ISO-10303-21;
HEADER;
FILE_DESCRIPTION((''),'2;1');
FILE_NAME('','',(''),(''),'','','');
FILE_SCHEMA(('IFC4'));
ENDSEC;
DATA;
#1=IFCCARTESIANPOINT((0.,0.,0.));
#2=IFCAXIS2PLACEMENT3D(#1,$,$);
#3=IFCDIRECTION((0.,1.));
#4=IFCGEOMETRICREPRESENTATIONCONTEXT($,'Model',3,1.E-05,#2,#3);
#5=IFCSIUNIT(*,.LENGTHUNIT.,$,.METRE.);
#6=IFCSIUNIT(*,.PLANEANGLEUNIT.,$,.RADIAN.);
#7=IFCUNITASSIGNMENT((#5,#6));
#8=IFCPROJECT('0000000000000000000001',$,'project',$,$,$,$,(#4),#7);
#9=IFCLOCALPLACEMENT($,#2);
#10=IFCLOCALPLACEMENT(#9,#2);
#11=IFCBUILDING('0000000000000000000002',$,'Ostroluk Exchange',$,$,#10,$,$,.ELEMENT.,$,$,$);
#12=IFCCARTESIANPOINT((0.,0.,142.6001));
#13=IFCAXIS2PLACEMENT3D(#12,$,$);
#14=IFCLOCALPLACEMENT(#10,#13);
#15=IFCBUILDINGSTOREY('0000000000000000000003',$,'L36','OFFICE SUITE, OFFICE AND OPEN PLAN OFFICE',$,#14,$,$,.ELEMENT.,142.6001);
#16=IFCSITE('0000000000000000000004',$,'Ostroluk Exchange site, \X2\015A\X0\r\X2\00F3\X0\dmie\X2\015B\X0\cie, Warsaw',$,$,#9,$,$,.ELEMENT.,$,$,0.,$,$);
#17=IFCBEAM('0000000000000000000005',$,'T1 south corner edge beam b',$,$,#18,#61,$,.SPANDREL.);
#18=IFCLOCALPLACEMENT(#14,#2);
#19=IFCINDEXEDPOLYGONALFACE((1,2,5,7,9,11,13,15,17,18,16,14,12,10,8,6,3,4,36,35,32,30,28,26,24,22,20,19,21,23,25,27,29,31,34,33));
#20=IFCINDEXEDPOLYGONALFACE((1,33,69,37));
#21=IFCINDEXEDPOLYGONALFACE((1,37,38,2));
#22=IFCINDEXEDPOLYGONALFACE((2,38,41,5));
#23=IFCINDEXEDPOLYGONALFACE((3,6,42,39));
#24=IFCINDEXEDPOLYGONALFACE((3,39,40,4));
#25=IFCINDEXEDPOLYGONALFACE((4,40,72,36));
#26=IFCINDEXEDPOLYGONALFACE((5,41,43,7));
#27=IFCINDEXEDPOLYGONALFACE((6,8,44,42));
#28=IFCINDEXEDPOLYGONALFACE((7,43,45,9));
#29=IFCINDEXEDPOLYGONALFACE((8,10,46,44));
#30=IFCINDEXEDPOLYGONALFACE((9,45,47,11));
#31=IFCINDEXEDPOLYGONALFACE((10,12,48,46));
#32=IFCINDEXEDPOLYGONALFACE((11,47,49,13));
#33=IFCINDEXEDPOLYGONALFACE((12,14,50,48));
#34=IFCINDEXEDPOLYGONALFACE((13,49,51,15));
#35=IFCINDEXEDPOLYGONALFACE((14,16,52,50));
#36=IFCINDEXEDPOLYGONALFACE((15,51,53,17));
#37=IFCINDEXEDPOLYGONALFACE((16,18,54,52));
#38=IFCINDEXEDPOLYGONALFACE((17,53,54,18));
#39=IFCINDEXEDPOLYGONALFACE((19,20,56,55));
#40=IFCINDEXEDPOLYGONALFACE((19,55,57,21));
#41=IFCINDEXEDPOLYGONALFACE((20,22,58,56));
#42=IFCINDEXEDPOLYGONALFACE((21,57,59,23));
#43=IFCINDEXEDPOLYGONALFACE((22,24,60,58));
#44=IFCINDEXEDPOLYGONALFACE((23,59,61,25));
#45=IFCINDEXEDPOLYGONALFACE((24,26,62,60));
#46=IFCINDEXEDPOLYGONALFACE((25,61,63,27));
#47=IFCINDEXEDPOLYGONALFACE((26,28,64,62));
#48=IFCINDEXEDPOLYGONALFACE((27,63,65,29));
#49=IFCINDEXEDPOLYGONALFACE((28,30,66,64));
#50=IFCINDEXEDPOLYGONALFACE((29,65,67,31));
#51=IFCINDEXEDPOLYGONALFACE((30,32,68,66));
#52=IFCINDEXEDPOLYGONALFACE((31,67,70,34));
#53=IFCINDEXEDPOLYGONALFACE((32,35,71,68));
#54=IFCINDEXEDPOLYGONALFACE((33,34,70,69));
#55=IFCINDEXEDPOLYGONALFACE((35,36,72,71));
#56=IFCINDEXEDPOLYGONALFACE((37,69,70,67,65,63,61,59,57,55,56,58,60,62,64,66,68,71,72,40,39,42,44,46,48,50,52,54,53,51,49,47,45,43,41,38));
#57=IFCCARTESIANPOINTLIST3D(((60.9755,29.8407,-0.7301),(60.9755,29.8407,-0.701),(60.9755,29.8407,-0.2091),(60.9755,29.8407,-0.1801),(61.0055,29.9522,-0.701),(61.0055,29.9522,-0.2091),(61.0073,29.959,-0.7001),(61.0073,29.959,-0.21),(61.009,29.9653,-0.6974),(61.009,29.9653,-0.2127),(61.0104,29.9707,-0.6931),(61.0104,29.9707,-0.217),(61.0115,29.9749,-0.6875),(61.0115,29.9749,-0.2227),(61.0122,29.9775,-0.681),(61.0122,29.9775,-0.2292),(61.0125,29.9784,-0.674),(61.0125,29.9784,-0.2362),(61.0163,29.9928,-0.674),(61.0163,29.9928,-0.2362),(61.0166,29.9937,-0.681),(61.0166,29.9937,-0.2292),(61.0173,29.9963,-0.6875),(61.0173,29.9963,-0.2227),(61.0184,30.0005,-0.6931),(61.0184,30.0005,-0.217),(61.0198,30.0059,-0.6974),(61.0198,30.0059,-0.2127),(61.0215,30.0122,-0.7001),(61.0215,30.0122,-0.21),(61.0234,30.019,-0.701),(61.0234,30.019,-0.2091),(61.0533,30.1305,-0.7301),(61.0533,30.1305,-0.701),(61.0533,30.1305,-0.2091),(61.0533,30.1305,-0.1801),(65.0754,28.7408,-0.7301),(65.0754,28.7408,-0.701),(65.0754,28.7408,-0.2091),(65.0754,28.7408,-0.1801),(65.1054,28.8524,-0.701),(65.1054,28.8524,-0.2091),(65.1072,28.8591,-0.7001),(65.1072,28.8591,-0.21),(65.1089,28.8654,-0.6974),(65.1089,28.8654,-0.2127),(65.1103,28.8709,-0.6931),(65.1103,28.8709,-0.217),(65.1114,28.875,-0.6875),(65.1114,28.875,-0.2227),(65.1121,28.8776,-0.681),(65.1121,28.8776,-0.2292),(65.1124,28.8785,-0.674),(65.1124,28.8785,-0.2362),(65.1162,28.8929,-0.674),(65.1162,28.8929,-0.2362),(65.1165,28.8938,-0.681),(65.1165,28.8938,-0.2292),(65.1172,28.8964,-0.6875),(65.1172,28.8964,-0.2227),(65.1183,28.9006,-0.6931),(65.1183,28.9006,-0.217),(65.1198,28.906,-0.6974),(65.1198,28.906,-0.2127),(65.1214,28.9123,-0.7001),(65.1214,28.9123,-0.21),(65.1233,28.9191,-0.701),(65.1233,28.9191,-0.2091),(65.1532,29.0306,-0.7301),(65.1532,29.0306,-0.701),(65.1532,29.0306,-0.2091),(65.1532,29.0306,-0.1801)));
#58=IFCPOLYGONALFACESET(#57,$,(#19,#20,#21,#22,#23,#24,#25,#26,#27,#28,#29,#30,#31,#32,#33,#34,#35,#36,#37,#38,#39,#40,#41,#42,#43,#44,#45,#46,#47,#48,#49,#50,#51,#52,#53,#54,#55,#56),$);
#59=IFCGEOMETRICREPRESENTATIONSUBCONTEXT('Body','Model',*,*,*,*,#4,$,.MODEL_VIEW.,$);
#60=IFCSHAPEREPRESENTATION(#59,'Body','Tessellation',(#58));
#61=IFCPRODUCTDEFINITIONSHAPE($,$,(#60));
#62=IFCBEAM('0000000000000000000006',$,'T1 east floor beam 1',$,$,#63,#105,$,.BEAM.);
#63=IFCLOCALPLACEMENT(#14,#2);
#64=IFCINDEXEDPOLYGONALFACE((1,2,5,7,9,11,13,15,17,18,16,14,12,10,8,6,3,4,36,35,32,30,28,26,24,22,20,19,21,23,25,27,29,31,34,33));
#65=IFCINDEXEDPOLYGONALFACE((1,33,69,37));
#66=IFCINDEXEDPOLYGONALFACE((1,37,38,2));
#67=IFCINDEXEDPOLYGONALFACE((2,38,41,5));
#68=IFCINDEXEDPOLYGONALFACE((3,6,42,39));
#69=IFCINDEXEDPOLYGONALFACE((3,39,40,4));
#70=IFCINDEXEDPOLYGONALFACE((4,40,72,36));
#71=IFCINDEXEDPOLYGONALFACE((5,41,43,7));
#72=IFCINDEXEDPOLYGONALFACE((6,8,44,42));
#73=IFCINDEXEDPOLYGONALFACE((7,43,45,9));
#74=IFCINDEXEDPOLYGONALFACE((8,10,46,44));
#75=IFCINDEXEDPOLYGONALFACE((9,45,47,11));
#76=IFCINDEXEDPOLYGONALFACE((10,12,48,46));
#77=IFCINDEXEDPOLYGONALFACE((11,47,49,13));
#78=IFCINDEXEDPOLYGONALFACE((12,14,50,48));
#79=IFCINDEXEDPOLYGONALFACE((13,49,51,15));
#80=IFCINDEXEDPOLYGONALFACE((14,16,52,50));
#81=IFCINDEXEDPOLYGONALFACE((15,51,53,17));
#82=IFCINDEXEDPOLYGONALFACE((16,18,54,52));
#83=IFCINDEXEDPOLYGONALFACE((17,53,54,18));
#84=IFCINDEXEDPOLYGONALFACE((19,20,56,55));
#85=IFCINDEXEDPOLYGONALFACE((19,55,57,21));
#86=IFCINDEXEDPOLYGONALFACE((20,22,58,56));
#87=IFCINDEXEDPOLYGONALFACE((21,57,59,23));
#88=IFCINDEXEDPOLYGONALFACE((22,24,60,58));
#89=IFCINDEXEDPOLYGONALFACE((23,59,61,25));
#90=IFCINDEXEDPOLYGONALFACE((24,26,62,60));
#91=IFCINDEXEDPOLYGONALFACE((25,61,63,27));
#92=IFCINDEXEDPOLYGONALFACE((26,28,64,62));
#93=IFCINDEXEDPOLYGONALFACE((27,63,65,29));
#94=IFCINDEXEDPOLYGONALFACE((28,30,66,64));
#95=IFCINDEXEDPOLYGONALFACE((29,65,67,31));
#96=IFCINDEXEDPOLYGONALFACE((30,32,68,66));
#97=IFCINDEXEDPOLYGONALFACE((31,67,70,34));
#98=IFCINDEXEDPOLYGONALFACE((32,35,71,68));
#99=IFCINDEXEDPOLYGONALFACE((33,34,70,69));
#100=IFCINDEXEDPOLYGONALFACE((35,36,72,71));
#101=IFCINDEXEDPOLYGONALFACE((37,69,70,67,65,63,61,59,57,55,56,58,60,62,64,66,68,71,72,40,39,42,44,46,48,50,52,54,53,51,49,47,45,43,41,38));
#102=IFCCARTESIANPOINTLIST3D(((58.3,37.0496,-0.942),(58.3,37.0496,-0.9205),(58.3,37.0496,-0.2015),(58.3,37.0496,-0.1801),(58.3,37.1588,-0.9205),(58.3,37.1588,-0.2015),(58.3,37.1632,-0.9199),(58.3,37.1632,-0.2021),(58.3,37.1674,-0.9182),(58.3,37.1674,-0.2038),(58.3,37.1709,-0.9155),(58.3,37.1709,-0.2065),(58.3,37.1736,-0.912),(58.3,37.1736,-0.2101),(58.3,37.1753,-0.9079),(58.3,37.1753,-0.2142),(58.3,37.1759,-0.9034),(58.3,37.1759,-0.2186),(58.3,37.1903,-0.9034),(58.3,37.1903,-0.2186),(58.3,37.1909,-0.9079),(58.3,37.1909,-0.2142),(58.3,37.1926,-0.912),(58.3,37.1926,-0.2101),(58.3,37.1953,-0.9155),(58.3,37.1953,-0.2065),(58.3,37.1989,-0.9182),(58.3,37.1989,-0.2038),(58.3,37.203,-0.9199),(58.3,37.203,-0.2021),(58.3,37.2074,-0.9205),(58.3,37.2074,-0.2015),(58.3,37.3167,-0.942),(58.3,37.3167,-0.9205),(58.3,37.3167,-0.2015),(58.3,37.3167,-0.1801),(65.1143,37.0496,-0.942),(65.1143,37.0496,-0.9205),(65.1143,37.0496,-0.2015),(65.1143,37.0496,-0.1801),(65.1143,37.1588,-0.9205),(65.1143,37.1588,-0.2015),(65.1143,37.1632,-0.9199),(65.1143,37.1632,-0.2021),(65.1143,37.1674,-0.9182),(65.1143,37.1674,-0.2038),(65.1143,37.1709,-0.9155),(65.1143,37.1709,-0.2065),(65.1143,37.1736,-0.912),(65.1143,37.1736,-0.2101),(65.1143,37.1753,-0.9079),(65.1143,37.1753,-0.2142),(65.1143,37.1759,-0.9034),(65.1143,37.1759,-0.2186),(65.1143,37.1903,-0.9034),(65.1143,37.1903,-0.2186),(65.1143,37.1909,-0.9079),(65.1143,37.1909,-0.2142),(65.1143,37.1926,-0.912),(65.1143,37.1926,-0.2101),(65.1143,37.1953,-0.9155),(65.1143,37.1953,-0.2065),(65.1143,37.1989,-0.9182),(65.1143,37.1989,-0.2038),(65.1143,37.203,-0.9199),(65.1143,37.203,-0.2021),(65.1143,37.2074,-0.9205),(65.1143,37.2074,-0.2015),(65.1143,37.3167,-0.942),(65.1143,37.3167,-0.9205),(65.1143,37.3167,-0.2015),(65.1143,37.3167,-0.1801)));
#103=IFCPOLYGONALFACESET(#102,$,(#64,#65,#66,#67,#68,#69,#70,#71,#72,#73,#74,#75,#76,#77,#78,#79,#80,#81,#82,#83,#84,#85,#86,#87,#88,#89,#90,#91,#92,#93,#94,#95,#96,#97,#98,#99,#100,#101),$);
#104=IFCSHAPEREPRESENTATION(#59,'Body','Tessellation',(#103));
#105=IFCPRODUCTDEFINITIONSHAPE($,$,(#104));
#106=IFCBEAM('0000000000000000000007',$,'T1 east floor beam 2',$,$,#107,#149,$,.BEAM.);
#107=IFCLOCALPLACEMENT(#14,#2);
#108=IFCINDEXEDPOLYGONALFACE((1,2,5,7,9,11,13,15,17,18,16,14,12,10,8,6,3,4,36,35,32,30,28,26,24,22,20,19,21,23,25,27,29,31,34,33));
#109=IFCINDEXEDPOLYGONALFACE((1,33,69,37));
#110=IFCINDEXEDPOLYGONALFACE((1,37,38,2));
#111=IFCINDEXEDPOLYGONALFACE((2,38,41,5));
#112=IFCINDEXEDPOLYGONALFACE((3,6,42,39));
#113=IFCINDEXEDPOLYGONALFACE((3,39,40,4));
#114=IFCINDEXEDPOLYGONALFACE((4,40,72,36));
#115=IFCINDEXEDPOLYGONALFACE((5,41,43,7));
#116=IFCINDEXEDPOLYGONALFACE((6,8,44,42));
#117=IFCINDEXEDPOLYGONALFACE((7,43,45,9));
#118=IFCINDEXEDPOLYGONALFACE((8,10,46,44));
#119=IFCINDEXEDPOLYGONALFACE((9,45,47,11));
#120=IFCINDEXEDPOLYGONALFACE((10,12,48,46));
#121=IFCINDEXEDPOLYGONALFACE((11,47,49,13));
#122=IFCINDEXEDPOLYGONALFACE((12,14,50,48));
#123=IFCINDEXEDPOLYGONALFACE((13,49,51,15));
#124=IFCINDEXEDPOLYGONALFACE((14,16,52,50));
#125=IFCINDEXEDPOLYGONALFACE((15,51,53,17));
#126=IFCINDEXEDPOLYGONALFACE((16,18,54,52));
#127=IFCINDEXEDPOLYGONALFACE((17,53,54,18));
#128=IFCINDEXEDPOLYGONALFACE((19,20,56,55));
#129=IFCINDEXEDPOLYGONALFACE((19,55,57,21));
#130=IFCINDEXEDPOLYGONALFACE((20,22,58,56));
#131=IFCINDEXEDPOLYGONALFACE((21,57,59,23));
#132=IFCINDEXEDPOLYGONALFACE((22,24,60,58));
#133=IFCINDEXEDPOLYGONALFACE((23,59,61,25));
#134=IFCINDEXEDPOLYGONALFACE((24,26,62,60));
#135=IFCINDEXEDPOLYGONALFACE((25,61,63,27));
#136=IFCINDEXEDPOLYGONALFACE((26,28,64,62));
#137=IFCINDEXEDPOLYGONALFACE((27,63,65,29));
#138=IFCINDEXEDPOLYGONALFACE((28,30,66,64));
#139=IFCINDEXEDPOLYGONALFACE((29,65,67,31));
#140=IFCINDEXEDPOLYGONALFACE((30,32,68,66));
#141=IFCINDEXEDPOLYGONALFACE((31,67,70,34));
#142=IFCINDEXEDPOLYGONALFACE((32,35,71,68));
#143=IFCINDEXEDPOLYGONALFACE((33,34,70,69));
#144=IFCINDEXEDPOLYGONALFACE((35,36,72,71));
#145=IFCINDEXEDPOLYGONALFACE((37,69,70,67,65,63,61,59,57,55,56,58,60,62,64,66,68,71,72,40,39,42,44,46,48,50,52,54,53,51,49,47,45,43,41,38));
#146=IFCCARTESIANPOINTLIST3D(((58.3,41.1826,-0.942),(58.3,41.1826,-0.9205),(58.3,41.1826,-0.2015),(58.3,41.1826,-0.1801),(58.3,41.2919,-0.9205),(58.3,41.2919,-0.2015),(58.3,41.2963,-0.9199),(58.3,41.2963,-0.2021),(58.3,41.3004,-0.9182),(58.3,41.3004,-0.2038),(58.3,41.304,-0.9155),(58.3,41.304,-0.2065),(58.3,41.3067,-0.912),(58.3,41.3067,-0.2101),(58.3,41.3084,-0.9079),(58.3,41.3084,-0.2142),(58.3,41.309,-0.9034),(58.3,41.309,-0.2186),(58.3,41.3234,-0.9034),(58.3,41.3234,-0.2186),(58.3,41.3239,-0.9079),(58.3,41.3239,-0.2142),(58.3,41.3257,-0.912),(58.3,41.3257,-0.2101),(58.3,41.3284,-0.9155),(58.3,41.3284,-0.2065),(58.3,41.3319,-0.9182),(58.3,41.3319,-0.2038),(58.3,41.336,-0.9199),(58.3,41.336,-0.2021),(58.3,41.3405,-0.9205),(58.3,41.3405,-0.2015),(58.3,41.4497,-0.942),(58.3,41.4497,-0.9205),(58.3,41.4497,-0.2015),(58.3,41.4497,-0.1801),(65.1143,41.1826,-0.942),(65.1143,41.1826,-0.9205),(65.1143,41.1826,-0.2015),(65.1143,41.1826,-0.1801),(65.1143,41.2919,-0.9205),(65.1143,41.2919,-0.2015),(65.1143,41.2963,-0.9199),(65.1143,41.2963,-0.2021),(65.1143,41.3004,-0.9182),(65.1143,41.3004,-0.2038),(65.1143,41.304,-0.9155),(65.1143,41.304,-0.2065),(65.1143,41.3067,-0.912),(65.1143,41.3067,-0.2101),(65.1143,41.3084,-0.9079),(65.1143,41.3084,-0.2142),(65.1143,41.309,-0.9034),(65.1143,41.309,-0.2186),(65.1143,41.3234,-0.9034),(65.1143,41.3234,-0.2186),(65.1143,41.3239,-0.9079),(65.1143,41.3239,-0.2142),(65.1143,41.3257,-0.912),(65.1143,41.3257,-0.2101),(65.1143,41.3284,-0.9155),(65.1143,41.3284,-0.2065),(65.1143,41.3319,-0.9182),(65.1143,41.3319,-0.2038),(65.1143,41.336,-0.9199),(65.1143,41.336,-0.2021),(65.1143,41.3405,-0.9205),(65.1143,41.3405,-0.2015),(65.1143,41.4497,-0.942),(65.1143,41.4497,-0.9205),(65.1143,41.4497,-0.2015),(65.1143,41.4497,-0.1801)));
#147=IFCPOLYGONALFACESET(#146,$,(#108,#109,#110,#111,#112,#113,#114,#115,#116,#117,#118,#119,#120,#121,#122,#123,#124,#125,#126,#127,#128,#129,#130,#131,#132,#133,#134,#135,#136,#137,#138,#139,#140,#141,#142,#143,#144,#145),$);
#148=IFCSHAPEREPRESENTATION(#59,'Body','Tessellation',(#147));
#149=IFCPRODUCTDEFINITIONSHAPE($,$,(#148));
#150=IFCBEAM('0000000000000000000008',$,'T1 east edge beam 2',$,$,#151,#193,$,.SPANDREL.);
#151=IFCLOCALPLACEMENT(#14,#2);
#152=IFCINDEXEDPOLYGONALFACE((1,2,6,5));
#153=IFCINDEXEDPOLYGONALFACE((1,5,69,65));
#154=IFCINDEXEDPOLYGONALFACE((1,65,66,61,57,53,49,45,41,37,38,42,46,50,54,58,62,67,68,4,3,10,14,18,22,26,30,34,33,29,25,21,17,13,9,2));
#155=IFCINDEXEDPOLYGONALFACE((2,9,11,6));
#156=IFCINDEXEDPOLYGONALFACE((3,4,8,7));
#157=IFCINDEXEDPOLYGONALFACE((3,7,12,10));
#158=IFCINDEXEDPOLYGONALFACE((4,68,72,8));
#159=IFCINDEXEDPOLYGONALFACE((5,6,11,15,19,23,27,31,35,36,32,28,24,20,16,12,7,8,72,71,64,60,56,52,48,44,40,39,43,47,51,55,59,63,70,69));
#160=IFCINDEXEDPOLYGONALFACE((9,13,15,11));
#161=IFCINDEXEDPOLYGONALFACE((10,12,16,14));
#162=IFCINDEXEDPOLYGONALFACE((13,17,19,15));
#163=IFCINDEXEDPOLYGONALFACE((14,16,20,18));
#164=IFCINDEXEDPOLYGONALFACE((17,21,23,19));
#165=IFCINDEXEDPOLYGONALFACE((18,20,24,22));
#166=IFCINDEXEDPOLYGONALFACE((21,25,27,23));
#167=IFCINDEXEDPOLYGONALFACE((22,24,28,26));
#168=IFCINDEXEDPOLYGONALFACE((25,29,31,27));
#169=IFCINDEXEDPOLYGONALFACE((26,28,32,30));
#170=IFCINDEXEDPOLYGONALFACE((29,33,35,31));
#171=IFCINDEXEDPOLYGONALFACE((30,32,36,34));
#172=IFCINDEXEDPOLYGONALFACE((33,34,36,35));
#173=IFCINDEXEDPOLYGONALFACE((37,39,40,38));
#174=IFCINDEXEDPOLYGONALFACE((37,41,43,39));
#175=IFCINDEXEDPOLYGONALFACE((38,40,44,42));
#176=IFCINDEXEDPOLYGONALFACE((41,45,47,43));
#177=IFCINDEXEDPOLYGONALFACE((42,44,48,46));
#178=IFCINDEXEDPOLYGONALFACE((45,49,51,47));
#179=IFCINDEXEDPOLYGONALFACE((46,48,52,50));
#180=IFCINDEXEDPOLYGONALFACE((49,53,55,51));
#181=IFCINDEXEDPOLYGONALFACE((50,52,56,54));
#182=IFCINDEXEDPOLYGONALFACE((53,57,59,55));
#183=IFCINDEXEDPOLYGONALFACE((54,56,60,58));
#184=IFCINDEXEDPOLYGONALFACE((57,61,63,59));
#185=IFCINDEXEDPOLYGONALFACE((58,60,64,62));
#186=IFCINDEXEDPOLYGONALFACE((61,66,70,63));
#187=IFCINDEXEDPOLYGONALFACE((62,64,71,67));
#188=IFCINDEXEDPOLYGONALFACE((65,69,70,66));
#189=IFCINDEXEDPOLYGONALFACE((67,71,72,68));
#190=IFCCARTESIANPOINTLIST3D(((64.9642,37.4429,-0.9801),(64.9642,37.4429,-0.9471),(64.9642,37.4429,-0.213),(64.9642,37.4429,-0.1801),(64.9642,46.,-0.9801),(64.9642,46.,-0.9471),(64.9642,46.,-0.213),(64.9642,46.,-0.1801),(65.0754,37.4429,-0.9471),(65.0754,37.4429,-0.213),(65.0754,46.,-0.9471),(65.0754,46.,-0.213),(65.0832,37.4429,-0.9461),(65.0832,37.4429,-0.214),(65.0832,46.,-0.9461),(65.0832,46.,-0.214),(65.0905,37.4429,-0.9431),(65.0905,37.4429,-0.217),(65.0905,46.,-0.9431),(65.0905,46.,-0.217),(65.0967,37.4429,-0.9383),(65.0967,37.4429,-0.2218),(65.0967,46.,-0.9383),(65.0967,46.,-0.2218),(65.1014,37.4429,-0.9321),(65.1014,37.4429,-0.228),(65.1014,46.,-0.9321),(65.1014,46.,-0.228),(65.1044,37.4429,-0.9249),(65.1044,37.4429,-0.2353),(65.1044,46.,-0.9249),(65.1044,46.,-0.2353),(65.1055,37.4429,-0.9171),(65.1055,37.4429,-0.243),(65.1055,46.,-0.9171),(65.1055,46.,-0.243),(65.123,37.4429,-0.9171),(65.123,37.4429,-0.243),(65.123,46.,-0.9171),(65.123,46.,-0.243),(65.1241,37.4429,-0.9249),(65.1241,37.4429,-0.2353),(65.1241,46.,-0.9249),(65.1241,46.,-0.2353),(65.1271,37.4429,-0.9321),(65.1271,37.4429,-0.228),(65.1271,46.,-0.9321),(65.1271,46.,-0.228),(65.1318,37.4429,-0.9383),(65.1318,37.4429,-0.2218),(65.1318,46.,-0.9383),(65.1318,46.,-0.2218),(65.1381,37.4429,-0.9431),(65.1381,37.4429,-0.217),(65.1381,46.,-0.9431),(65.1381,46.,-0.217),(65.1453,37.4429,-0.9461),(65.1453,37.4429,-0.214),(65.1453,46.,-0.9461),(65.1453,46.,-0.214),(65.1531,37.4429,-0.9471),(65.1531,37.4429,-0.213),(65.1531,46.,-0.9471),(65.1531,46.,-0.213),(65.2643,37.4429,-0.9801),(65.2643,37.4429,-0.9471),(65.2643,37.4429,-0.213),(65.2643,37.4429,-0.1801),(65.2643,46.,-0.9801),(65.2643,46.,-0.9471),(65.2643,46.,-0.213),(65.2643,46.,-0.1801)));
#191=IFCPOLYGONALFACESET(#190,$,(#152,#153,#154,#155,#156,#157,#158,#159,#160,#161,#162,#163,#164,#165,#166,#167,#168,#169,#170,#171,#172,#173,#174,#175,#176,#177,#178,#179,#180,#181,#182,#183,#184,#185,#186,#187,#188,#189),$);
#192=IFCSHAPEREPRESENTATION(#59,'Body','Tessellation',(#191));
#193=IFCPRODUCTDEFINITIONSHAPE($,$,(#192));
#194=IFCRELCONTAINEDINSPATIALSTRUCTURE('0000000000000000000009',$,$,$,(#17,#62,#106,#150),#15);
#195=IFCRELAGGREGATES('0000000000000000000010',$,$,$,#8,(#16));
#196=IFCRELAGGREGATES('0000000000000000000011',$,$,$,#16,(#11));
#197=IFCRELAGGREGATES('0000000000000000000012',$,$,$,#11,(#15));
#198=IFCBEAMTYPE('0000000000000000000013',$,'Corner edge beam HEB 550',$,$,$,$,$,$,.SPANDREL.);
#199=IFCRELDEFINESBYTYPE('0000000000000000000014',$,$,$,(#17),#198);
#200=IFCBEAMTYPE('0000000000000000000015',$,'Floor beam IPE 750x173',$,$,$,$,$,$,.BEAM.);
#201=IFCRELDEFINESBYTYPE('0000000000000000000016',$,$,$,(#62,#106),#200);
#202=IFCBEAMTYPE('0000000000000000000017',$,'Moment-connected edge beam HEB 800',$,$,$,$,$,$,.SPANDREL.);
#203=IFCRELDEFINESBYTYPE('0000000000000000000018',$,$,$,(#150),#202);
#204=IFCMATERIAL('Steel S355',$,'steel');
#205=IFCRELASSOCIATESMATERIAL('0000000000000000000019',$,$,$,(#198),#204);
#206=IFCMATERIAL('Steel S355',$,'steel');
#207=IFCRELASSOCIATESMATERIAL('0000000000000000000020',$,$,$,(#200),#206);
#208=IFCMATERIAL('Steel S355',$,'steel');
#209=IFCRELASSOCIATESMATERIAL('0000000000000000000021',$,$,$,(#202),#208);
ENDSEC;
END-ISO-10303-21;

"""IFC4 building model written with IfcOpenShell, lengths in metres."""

from ifc_helpers import new_model, si_unit, direction, frame, origin, origin_2d, place, context, subcontext, project, spatial, i_section, extrude, material, material_profile, profile_set, type_object, element, save


model = new_model("IFC4")

# Units and contexts
model_context = context("Model", 3, precision=1e-05, world=origin(), true_north=direction((0.0, 1.0)))
body_context = subcontext(model_context, "Body", "Model", "MODEL_VIEW")
ifc_project = project(units=[si_unit("LENGTHUNIT", "METRE"), si_unit("PLANEANGLEUNIT", "RADIAN")], contexts=[model_context])

# Site, building, storey
site_placement = place(None, origin())
site = spatial("IfcSite", under=ifc_project, at=site_placement, Name="Ostroluk Exchange site, Śródmieście, Warsaw", CompositionType="ELEMENT", RefElevation=0.0)
building_placement = place(site_placement, origin())
building = spatial("IfcBuilding", under=site, at=building_placement, Name="Ostroluk Exchange", CompositionType="ELEMENT")
storey_placement = place(building_placement, frame((0.0, 0.0, 142.6001)))
storey = spatial("IfcBuildingStorey", under=building, at=storey_placement, Name="L36", Description="OFFICE SUITE, OFFICE AND OPEN PLAN OFFICE", CompositionType="ELEMENT", Elevation=142.6001)

# Beams
ifc_material_1 = material(Name="Steel S355", Category="steel")
ifc_material_profile_1 = material_profile(ifc_material_1, i_section(OverallWidth=0.3, OverallDepth=0.55, WebThickness=0.0149, FlangeThickness=0.0291, FilletRadius=0.0271, at=origin_2d()), Name="HEB 550")
ifc_profile_set_1 = profile_set([ifc_material_profile_1], Name="Steel S355")
beam_type_1 = type_object("IfcBeamType", Name="Corner edge beam HEB 550", PredefinedType="SPANDREL", material=ifc_profile_set_1)
for number, where, z_axis, x_axis, name in (
    (1, (61.0144, 29.9856, -0.4551), (0.965849, -0.259105, 0.0), (0.259105, 0.965849, 0.0), "T1 south corner edge beam b"),
):
    element("IfcBeam", number, at=place(storey_placement, frame(where, z_axis=z_axis, x_axis=x_axis)), inside=storey, type_object=beam_type_1, Name=name, PredefinedType="SPANDREL", context=body_context, shape_type="SweptSolid", body=[
        extrude(i_section(OverallWidth=0.3, OverallDepth=0.55, WebThickness=0.0149, FlangeThickness=0.0291, FilletRadius=0.0271, at=origin_2d()), origin(), (0.0, 0.0, 1.0), 4.2449),
    ])
ifc_material_2 = material(Name="Steel S355", Category="steel")
ifc_material_profile_2 = material_profile(ifc_material_2, i_section(OverallWidth=0.2671, OverallDepth=0.762, WebThickness=0.0144, FlangeThickness=0.0215, FilletRadius=0.0171, at=origin_2d()), Name="IPE 750x173")
ifc_profile_set_2 = profile_set([ifc_material_profile_2], Name="Steel S355")
beam_type_2 = type_object("IfcBeamType", Name="Floor beam IPE 750x173", PredefinedType="BEAM", material=ifc_profile_set_2)
for number, where, z_axis, x_axis, name in (
    (2, (58.3, 37.1831, -0.561), (1.0, 0.0, 0.0), (0.0, 1.0, 0.0), "T1 east floor beam 1"),
    (3, (58.3, 41.3162, -0.561), (1.0, 0.0, 0.0), (0.0, 1.0, 0.0), "T1 east floor beam 2"),
):
    element("IfcBeam", number, at=place(storey_placement, frame(where, z_axis=z_axis, x_axis=x_axis)), inside=storey, type_object=beam_type_2, Name=name, PredefinedType="BEAM", context=body_context, shape_type="SweptSolid", body=[
        extrude(i_section(OverallWidth=0.2671, OverallDepth=0.762, WebThickness=0.0144, FlangeThickness=0.0215, FilletRadius=0.0171, at=origin_2d()), origin(), (0.0, 0.0, 1.0), 6.8142),
    ])
ifc_material_3 = material(Name="Steel S355", Category="steel")
ifc_material_profile_3 = material_profile(ifc_material_3, i_section(OverallWidth=0.3, OverallDepth=0.8, WebThickness=0.0176, FlangeThickness=0.033, FilletRadius=0.03, at=origin_2d()), Name="HEB 800")
ifc_profile_set_3 = profile_set([ifc_material_profile_3], Name="Steel S355")
beam_type_3 = type_object("IfcBeamType", Name="Moment-connected edge beam HEB 800", PredefinedType="SPANDREL", material=ifc_profile_set_3)
beam_1_placement = place(storey_placement, frame((65.1143, 37.4429, -0.5801), z_axis=(0.0, 1.0, 0.0), x_axis=(-1.0, 0.0, 0.0)))
element("IfcBeam", 4, at=beam_1_placement, inside=storey, type_object=beam_type_3, Name="T1 east edge beam 2", PredefinedType="SPANDREL", context=body_context, shape_type="SweptSolid", body=[
    extrude(i_section(OverallWidth=0.3, OverallDepth=0.8, WebThickness=0.0176, FlangeThickness=0.033, FilletRadius=0.03, at=origin_2d()), origin(), (0.0, 0.0, 1.0), 8.5571),
])

save(model, "model.ifc")
